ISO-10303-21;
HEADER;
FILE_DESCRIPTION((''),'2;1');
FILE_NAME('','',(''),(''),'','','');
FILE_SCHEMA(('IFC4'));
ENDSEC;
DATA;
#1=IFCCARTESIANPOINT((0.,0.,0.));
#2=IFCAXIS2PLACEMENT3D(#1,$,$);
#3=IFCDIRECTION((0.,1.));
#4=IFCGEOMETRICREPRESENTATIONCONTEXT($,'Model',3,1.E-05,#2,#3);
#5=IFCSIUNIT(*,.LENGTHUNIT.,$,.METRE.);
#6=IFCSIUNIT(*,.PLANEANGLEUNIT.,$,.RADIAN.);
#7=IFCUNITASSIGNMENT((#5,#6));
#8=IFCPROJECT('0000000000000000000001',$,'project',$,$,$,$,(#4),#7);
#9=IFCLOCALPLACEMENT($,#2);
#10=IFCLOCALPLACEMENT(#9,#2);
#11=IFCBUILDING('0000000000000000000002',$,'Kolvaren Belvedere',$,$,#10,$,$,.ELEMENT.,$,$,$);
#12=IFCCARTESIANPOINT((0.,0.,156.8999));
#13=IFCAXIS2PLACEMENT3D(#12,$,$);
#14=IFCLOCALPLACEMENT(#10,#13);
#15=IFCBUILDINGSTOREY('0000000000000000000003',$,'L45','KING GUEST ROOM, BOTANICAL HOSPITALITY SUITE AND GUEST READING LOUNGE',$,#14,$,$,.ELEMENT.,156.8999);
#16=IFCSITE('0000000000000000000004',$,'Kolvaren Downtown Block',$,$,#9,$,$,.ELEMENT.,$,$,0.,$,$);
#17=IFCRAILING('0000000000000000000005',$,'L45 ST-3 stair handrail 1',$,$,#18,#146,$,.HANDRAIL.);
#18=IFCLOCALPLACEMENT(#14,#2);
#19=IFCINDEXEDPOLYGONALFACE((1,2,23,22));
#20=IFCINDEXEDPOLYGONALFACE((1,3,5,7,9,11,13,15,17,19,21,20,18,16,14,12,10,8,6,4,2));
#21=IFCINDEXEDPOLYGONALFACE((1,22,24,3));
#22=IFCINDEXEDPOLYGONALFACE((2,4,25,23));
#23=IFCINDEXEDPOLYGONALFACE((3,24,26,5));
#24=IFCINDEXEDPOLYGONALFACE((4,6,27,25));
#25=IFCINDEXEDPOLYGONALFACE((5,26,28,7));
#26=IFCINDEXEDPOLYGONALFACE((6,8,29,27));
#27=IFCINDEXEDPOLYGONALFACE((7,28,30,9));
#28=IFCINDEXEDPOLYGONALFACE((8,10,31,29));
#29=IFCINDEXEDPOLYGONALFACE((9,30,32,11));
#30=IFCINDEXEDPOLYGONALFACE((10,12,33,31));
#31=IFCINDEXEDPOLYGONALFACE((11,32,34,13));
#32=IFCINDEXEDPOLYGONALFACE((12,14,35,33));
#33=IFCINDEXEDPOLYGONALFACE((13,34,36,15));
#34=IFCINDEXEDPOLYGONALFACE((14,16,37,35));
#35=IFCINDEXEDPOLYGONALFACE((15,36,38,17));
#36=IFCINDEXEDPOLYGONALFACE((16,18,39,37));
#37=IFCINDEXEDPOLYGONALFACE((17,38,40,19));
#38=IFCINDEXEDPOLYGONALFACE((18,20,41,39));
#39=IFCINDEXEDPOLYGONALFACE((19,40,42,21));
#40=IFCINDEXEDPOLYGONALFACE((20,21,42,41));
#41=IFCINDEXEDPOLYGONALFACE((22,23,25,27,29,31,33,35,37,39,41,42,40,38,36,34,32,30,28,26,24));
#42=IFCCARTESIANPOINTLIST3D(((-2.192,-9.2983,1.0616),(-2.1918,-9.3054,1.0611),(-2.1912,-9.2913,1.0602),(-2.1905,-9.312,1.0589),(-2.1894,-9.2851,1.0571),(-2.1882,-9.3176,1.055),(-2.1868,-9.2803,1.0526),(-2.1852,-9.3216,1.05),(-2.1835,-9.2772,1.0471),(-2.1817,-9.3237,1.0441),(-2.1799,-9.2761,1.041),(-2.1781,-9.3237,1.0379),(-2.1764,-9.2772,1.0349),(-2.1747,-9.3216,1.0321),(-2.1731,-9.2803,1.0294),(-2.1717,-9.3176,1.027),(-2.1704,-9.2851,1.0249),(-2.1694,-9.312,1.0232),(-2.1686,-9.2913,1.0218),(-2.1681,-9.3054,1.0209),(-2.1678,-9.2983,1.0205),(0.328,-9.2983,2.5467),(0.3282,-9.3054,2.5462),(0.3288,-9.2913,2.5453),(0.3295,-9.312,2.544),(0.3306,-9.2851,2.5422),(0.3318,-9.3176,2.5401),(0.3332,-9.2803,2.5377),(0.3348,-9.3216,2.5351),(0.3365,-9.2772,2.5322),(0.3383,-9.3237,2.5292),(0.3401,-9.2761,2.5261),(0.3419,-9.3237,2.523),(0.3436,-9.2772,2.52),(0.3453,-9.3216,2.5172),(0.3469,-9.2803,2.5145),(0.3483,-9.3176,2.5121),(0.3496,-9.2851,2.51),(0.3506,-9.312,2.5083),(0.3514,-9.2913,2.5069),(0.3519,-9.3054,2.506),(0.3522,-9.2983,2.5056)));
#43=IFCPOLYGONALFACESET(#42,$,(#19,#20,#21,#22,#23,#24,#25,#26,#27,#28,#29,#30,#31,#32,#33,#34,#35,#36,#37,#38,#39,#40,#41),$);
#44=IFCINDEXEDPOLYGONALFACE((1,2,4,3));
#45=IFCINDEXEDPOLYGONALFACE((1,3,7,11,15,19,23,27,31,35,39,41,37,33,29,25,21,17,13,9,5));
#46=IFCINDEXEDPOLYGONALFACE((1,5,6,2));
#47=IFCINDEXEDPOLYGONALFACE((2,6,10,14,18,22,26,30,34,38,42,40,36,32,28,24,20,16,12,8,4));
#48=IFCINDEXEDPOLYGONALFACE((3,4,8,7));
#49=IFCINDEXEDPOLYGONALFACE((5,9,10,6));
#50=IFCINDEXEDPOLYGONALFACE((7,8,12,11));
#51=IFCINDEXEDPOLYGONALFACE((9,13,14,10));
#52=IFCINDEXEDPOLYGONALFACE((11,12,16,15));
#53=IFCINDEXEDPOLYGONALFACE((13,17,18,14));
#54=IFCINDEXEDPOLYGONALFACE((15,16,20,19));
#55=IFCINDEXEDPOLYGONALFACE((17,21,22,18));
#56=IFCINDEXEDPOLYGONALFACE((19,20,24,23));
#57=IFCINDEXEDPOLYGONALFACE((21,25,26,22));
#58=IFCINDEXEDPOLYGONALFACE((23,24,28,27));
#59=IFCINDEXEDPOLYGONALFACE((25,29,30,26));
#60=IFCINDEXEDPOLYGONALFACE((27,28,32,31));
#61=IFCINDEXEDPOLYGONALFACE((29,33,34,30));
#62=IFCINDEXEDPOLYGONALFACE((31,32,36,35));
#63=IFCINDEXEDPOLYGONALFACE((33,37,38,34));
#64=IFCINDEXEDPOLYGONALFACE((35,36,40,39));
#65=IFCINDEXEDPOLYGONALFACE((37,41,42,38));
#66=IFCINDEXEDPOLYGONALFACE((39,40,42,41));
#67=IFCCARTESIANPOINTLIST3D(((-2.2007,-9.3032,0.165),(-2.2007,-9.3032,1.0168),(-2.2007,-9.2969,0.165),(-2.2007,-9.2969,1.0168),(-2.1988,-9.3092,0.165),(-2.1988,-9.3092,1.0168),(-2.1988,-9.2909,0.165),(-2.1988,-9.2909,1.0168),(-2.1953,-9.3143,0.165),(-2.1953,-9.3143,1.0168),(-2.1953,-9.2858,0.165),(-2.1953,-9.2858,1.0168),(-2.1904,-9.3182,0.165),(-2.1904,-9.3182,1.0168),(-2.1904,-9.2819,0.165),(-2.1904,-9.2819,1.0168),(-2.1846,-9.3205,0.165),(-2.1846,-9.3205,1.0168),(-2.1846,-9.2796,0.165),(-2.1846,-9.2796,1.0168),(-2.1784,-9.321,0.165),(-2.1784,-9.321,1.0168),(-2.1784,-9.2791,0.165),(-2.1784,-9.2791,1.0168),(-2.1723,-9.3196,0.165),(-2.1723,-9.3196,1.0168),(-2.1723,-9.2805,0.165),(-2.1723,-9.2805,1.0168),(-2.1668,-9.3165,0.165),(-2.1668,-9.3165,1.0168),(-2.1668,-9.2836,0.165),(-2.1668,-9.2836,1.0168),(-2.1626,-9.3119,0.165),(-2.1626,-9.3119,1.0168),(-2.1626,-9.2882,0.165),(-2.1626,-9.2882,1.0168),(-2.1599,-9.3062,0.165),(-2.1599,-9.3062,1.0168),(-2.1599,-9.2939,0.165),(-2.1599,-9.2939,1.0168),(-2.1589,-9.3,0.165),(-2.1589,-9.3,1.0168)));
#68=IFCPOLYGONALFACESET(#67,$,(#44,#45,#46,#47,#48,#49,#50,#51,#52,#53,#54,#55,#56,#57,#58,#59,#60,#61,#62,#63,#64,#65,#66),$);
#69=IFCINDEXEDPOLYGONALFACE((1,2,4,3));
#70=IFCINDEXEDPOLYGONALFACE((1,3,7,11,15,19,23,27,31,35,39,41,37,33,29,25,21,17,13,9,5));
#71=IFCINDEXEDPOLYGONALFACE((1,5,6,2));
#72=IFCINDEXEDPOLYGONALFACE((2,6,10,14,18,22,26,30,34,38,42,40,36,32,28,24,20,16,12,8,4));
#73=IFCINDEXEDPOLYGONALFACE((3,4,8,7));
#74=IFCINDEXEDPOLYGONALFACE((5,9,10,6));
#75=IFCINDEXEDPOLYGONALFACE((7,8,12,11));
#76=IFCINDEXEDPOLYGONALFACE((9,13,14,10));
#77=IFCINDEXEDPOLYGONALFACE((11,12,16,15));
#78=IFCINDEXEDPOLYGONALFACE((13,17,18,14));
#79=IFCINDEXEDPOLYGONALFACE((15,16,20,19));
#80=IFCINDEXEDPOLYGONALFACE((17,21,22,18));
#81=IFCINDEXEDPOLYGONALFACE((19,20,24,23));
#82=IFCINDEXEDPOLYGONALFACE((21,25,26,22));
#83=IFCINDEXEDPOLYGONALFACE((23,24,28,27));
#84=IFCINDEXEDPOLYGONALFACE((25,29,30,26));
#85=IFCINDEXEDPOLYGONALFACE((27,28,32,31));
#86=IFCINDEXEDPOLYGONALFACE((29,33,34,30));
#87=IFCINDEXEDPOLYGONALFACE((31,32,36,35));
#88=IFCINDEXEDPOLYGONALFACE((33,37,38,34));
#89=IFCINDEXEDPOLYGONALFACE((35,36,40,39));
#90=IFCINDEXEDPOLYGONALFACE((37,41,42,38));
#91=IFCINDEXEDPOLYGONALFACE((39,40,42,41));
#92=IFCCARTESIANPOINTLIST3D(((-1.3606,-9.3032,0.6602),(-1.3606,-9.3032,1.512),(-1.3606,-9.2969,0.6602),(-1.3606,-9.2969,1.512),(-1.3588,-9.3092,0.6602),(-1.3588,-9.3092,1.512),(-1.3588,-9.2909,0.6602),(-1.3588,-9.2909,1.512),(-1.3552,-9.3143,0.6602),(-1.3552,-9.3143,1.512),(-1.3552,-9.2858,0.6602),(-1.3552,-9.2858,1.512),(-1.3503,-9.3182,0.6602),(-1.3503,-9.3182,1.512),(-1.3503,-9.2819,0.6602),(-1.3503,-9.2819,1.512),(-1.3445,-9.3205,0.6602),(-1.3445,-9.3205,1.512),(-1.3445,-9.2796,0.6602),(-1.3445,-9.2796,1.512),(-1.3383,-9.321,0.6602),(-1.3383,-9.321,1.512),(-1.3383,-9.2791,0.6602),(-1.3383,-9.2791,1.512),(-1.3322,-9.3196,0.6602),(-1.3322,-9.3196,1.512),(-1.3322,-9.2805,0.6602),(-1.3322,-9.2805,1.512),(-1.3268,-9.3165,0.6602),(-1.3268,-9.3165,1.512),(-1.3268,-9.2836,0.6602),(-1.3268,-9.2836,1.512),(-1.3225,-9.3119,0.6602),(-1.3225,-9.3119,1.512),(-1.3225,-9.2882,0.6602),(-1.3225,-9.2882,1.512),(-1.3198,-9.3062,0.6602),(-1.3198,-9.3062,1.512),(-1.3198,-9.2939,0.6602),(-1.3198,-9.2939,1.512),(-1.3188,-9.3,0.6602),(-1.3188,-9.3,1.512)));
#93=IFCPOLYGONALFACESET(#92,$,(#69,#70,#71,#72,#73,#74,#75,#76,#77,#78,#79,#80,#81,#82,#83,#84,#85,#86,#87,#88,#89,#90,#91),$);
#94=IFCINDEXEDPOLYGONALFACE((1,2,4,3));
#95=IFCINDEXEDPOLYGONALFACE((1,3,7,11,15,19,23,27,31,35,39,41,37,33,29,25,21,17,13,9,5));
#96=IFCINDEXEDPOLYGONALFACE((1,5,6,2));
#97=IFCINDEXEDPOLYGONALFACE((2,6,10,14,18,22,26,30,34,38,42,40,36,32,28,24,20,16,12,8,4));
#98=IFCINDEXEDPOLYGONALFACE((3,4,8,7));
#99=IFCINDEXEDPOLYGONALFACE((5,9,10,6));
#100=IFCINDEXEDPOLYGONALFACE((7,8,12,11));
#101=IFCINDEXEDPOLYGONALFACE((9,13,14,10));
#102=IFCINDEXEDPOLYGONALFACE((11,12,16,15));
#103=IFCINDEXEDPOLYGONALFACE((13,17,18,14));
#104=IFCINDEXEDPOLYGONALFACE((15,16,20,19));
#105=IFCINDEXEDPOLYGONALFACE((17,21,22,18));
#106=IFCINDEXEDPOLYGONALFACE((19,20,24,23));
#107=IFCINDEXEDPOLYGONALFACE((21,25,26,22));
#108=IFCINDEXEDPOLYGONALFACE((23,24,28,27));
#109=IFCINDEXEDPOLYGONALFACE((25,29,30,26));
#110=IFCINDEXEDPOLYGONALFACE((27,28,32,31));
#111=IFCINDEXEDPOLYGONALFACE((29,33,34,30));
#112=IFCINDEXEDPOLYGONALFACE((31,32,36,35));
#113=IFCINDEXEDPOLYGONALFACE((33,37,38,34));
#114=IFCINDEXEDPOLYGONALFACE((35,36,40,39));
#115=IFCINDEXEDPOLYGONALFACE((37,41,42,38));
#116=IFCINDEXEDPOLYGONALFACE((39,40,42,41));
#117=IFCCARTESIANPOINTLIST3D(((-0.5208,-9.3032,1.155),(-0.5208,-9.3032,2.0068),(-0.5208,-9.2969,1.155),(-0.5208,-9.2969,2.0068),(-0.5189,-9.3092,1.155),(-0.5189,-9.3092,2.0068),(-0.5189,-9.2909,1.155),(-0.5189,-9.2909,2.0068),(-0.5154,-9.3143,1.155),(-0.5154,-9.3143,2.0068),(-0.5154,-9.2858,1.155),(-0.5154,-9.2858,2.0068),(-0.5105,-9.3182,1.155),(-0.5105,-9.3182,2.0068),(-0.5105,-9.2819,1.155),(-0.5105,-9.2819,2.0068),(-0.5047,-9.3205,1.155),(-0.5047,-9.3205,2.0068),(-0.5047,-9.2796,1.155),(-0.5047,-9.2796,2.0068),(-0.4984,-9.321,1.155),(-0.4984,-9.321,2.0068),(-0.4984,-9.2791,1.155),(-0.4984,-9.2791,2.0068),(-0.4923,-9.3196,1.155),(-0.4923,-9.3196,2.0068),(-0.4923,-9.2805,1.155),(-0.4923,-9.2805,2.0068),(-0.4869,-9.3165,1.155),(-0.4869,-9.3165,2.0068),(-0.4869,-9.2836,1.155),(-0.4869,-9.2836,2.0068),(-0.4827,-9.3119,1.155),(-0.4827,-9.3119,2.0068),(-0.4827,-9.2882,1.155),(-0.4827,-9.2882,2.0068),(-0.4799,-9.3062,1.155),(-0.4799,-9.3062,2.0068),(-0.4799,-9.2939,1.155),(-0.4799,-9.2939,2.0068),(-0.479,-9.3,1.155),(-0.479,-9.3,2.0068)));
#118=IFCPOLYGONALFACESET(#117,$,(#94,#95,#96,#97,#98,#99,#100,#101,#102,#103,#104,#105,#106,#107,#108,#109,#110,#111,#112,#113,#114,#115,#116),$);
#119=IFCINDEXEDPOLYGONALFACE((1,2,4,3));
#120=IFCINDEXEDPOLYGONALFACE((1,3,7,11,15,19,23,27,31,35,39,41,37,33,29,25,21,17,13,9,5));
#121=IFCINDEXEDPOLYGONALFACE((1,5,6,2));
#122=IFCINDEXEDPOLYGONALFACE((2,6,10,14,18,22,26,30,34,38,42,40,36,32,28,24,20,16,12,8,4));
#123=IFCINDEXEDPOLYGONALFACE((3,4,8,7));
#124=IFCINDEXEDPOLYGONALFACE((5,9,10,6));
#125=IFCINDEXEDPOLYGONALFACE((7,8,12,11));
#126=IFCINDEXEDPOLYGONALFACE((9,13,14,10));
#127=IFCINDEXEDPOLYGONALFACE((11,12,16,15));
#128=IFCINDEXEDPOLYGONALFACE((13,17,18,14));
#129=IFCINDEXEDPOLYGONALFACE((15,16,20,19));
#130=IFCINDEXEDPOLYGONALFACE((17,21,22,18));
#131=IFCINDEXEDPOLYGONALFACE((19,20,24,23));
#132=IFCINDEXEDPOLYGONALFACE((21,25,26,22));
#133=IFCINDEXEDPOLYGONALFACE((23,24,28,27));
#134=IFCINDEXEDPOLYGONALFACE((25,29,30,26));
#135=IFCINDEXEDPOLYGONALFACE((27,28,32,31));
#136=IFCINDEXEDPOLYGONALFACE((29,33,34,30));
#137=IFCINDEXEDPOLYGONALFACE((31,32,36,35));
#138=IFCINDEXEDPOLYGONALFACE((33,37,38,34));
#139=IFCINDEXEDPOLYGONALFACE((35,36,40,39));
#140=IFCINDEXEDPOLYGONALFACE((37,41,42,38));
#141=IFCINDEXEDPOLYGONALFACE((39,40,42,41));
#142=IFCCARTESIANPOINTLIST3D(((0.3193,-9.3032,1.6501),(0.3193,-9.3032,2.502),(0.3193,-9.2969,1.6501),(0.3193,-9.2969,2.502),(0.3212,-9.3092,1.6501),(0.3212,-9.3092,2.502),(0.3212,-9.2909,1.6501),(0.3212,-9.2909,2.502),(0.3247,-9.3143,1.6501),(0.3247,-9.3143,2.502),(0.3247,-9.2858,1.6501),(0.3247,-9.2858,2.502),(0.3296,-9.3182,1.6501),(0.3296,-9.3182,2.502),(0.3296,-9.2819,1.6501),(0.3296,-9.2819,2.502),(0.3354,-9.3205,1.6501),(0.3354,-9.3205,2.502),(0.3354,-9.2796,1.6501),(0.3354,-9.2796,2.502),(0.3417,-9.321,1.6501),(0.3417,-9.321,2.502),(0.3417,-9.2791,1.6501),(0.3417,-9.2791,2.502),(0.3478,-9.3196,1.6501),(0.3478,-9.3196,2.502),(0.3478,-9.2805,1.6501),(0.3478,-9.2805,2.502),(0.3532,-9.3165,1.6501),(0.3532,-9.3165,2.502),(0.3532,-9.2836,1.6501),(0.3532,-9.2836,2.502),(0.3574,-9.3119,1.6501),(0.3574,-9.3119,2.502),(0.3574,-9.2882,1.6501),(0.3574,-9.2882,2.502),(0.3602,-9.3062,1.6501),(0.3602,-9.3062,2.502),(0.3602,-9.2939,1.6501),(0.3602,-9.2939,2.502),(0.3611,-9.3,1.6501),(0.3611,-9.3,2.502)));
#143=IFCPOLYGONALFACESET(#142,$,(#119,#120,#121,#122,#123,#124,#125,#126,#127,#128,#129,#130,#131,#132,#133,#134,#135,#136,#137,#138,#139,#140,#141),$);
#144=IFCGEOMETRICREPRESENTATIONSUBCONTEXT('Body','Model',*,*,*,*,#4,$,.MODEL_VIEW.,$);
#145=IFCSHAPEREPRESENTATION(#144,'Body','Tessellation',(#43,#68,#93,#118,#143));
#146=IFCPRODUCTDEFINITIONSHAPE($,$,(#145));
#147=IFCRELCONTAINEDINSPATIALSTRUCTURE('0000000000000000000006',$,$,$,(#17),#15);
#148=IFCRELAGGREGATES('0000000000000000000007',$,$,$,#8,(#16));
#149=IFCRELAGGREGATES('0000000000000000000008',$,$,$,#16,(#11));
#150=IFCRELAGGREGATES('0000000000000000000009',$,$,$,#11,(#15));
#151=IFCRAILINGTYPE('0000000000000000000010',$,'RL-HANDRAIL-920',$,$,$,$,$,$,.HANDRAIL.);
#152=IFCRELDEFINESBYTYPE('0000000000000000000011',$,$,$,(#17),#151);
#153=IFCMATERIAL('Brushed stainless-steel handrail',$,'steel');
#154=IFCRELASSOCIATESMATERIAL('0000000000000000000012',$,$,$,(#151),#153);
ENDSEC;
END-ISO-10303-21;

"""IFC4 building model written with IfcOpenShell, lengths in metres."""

from ifc_helpers import new_model, si_unit, direction, frame, origin, origin_2d, place, context, subcontext, project, spatial, circle, extrude, material, type_object, element, save


model = new_model("IFC4")

# Units and contexts
model_context = context("Model", 3, precision=1e-05, world=origin(), true_north=direction((0.0, 1.0)))
body_context = subcontext(model_context, "Body", "Model", "MODEL_VIEW")
ifc_project = project(units=[si_unit("LENGTHUNIT", "METRE"), si_unit("PLANEANGLEUNIT", "RADIAN")], contexts=[model_context])

# Site, building, storey
site_placement = place(None, origin())
site = spatial("IfcSite", under=ifc_project, at=site_placement, Name="Kolvaren Downtown Block", CompositionType="ELEMENT", RefElevation=0.0)
building_placement = place(site_placement, origin())
building = spatial("IfcBuilding", under=site, at=building_placement, Name="Kolvaren Belvedere", CompositionType="ELEMENT")
storey_placement = place(building_placement, frame((0.0, 0.0, 156.8999)))
storey = spatial("IfcBuildingStorey", under=building, at=storey_placement, Name="L45", Description="KING GUEST ROOM, BOTANICAL HOSPITALITY SUITE AND GUEST READING LOUNGE", CompositionType="ELEMENT", Elevation=156.8999)

# Railing
ifc_material_1 = material(Name="Brushed stainless-steel handrail", Category="steel")
railing_type_1 = type_object("IfcRailingType", Name="RL-HANDRAIL-920", PredefinedType="HANDRAIL", material=ifc_material_1)
railing_1_placement = place(storey_placement, frame((-2.1799, -9.3, 0.165)))
element("IfcRailing", 1, at=railing_1_placement, inside=storey, type_object=railing_type_1, Name="L45 ST-3 stair handrail 1", PredefinedType="HANDRAIL", context=body_context, shape_type="SweptSolid", body=[
    extrude(circle(Radius=0.0239, at=origin_2d()), frame((0.0, 0.0, 0.876), z_axis=(0.861524, 0.0, 0.507717), x_axis=(0.0, 1.0, 0.0)), (0.0, 0.0, 1.0), 2.925),
    extrude(circle(Radius=0.021, at=origin_2d()), origin(), (0.0, 0.0, 1.0), 0.8518),
    extrude(circle(Radius=0.021, at=origin_2d()), frame((0.8401, 0.0, 0.4951)), (0.0, 0.0, 1.0), 0.8518),
    extrude(circle(Radius=0.021, at=origin_2d()), frame((1.6799, 0.0, 0.99)), (0.0, 0.0, 1.0), 0.8518),
    extrude(circle(Radius=0.021, at=origin_2d()), frame((2.52, 0.0, 1.4851)), (0.0, 0.0, 1.0), 0.8518),
])

save(model, "model.ifc")
